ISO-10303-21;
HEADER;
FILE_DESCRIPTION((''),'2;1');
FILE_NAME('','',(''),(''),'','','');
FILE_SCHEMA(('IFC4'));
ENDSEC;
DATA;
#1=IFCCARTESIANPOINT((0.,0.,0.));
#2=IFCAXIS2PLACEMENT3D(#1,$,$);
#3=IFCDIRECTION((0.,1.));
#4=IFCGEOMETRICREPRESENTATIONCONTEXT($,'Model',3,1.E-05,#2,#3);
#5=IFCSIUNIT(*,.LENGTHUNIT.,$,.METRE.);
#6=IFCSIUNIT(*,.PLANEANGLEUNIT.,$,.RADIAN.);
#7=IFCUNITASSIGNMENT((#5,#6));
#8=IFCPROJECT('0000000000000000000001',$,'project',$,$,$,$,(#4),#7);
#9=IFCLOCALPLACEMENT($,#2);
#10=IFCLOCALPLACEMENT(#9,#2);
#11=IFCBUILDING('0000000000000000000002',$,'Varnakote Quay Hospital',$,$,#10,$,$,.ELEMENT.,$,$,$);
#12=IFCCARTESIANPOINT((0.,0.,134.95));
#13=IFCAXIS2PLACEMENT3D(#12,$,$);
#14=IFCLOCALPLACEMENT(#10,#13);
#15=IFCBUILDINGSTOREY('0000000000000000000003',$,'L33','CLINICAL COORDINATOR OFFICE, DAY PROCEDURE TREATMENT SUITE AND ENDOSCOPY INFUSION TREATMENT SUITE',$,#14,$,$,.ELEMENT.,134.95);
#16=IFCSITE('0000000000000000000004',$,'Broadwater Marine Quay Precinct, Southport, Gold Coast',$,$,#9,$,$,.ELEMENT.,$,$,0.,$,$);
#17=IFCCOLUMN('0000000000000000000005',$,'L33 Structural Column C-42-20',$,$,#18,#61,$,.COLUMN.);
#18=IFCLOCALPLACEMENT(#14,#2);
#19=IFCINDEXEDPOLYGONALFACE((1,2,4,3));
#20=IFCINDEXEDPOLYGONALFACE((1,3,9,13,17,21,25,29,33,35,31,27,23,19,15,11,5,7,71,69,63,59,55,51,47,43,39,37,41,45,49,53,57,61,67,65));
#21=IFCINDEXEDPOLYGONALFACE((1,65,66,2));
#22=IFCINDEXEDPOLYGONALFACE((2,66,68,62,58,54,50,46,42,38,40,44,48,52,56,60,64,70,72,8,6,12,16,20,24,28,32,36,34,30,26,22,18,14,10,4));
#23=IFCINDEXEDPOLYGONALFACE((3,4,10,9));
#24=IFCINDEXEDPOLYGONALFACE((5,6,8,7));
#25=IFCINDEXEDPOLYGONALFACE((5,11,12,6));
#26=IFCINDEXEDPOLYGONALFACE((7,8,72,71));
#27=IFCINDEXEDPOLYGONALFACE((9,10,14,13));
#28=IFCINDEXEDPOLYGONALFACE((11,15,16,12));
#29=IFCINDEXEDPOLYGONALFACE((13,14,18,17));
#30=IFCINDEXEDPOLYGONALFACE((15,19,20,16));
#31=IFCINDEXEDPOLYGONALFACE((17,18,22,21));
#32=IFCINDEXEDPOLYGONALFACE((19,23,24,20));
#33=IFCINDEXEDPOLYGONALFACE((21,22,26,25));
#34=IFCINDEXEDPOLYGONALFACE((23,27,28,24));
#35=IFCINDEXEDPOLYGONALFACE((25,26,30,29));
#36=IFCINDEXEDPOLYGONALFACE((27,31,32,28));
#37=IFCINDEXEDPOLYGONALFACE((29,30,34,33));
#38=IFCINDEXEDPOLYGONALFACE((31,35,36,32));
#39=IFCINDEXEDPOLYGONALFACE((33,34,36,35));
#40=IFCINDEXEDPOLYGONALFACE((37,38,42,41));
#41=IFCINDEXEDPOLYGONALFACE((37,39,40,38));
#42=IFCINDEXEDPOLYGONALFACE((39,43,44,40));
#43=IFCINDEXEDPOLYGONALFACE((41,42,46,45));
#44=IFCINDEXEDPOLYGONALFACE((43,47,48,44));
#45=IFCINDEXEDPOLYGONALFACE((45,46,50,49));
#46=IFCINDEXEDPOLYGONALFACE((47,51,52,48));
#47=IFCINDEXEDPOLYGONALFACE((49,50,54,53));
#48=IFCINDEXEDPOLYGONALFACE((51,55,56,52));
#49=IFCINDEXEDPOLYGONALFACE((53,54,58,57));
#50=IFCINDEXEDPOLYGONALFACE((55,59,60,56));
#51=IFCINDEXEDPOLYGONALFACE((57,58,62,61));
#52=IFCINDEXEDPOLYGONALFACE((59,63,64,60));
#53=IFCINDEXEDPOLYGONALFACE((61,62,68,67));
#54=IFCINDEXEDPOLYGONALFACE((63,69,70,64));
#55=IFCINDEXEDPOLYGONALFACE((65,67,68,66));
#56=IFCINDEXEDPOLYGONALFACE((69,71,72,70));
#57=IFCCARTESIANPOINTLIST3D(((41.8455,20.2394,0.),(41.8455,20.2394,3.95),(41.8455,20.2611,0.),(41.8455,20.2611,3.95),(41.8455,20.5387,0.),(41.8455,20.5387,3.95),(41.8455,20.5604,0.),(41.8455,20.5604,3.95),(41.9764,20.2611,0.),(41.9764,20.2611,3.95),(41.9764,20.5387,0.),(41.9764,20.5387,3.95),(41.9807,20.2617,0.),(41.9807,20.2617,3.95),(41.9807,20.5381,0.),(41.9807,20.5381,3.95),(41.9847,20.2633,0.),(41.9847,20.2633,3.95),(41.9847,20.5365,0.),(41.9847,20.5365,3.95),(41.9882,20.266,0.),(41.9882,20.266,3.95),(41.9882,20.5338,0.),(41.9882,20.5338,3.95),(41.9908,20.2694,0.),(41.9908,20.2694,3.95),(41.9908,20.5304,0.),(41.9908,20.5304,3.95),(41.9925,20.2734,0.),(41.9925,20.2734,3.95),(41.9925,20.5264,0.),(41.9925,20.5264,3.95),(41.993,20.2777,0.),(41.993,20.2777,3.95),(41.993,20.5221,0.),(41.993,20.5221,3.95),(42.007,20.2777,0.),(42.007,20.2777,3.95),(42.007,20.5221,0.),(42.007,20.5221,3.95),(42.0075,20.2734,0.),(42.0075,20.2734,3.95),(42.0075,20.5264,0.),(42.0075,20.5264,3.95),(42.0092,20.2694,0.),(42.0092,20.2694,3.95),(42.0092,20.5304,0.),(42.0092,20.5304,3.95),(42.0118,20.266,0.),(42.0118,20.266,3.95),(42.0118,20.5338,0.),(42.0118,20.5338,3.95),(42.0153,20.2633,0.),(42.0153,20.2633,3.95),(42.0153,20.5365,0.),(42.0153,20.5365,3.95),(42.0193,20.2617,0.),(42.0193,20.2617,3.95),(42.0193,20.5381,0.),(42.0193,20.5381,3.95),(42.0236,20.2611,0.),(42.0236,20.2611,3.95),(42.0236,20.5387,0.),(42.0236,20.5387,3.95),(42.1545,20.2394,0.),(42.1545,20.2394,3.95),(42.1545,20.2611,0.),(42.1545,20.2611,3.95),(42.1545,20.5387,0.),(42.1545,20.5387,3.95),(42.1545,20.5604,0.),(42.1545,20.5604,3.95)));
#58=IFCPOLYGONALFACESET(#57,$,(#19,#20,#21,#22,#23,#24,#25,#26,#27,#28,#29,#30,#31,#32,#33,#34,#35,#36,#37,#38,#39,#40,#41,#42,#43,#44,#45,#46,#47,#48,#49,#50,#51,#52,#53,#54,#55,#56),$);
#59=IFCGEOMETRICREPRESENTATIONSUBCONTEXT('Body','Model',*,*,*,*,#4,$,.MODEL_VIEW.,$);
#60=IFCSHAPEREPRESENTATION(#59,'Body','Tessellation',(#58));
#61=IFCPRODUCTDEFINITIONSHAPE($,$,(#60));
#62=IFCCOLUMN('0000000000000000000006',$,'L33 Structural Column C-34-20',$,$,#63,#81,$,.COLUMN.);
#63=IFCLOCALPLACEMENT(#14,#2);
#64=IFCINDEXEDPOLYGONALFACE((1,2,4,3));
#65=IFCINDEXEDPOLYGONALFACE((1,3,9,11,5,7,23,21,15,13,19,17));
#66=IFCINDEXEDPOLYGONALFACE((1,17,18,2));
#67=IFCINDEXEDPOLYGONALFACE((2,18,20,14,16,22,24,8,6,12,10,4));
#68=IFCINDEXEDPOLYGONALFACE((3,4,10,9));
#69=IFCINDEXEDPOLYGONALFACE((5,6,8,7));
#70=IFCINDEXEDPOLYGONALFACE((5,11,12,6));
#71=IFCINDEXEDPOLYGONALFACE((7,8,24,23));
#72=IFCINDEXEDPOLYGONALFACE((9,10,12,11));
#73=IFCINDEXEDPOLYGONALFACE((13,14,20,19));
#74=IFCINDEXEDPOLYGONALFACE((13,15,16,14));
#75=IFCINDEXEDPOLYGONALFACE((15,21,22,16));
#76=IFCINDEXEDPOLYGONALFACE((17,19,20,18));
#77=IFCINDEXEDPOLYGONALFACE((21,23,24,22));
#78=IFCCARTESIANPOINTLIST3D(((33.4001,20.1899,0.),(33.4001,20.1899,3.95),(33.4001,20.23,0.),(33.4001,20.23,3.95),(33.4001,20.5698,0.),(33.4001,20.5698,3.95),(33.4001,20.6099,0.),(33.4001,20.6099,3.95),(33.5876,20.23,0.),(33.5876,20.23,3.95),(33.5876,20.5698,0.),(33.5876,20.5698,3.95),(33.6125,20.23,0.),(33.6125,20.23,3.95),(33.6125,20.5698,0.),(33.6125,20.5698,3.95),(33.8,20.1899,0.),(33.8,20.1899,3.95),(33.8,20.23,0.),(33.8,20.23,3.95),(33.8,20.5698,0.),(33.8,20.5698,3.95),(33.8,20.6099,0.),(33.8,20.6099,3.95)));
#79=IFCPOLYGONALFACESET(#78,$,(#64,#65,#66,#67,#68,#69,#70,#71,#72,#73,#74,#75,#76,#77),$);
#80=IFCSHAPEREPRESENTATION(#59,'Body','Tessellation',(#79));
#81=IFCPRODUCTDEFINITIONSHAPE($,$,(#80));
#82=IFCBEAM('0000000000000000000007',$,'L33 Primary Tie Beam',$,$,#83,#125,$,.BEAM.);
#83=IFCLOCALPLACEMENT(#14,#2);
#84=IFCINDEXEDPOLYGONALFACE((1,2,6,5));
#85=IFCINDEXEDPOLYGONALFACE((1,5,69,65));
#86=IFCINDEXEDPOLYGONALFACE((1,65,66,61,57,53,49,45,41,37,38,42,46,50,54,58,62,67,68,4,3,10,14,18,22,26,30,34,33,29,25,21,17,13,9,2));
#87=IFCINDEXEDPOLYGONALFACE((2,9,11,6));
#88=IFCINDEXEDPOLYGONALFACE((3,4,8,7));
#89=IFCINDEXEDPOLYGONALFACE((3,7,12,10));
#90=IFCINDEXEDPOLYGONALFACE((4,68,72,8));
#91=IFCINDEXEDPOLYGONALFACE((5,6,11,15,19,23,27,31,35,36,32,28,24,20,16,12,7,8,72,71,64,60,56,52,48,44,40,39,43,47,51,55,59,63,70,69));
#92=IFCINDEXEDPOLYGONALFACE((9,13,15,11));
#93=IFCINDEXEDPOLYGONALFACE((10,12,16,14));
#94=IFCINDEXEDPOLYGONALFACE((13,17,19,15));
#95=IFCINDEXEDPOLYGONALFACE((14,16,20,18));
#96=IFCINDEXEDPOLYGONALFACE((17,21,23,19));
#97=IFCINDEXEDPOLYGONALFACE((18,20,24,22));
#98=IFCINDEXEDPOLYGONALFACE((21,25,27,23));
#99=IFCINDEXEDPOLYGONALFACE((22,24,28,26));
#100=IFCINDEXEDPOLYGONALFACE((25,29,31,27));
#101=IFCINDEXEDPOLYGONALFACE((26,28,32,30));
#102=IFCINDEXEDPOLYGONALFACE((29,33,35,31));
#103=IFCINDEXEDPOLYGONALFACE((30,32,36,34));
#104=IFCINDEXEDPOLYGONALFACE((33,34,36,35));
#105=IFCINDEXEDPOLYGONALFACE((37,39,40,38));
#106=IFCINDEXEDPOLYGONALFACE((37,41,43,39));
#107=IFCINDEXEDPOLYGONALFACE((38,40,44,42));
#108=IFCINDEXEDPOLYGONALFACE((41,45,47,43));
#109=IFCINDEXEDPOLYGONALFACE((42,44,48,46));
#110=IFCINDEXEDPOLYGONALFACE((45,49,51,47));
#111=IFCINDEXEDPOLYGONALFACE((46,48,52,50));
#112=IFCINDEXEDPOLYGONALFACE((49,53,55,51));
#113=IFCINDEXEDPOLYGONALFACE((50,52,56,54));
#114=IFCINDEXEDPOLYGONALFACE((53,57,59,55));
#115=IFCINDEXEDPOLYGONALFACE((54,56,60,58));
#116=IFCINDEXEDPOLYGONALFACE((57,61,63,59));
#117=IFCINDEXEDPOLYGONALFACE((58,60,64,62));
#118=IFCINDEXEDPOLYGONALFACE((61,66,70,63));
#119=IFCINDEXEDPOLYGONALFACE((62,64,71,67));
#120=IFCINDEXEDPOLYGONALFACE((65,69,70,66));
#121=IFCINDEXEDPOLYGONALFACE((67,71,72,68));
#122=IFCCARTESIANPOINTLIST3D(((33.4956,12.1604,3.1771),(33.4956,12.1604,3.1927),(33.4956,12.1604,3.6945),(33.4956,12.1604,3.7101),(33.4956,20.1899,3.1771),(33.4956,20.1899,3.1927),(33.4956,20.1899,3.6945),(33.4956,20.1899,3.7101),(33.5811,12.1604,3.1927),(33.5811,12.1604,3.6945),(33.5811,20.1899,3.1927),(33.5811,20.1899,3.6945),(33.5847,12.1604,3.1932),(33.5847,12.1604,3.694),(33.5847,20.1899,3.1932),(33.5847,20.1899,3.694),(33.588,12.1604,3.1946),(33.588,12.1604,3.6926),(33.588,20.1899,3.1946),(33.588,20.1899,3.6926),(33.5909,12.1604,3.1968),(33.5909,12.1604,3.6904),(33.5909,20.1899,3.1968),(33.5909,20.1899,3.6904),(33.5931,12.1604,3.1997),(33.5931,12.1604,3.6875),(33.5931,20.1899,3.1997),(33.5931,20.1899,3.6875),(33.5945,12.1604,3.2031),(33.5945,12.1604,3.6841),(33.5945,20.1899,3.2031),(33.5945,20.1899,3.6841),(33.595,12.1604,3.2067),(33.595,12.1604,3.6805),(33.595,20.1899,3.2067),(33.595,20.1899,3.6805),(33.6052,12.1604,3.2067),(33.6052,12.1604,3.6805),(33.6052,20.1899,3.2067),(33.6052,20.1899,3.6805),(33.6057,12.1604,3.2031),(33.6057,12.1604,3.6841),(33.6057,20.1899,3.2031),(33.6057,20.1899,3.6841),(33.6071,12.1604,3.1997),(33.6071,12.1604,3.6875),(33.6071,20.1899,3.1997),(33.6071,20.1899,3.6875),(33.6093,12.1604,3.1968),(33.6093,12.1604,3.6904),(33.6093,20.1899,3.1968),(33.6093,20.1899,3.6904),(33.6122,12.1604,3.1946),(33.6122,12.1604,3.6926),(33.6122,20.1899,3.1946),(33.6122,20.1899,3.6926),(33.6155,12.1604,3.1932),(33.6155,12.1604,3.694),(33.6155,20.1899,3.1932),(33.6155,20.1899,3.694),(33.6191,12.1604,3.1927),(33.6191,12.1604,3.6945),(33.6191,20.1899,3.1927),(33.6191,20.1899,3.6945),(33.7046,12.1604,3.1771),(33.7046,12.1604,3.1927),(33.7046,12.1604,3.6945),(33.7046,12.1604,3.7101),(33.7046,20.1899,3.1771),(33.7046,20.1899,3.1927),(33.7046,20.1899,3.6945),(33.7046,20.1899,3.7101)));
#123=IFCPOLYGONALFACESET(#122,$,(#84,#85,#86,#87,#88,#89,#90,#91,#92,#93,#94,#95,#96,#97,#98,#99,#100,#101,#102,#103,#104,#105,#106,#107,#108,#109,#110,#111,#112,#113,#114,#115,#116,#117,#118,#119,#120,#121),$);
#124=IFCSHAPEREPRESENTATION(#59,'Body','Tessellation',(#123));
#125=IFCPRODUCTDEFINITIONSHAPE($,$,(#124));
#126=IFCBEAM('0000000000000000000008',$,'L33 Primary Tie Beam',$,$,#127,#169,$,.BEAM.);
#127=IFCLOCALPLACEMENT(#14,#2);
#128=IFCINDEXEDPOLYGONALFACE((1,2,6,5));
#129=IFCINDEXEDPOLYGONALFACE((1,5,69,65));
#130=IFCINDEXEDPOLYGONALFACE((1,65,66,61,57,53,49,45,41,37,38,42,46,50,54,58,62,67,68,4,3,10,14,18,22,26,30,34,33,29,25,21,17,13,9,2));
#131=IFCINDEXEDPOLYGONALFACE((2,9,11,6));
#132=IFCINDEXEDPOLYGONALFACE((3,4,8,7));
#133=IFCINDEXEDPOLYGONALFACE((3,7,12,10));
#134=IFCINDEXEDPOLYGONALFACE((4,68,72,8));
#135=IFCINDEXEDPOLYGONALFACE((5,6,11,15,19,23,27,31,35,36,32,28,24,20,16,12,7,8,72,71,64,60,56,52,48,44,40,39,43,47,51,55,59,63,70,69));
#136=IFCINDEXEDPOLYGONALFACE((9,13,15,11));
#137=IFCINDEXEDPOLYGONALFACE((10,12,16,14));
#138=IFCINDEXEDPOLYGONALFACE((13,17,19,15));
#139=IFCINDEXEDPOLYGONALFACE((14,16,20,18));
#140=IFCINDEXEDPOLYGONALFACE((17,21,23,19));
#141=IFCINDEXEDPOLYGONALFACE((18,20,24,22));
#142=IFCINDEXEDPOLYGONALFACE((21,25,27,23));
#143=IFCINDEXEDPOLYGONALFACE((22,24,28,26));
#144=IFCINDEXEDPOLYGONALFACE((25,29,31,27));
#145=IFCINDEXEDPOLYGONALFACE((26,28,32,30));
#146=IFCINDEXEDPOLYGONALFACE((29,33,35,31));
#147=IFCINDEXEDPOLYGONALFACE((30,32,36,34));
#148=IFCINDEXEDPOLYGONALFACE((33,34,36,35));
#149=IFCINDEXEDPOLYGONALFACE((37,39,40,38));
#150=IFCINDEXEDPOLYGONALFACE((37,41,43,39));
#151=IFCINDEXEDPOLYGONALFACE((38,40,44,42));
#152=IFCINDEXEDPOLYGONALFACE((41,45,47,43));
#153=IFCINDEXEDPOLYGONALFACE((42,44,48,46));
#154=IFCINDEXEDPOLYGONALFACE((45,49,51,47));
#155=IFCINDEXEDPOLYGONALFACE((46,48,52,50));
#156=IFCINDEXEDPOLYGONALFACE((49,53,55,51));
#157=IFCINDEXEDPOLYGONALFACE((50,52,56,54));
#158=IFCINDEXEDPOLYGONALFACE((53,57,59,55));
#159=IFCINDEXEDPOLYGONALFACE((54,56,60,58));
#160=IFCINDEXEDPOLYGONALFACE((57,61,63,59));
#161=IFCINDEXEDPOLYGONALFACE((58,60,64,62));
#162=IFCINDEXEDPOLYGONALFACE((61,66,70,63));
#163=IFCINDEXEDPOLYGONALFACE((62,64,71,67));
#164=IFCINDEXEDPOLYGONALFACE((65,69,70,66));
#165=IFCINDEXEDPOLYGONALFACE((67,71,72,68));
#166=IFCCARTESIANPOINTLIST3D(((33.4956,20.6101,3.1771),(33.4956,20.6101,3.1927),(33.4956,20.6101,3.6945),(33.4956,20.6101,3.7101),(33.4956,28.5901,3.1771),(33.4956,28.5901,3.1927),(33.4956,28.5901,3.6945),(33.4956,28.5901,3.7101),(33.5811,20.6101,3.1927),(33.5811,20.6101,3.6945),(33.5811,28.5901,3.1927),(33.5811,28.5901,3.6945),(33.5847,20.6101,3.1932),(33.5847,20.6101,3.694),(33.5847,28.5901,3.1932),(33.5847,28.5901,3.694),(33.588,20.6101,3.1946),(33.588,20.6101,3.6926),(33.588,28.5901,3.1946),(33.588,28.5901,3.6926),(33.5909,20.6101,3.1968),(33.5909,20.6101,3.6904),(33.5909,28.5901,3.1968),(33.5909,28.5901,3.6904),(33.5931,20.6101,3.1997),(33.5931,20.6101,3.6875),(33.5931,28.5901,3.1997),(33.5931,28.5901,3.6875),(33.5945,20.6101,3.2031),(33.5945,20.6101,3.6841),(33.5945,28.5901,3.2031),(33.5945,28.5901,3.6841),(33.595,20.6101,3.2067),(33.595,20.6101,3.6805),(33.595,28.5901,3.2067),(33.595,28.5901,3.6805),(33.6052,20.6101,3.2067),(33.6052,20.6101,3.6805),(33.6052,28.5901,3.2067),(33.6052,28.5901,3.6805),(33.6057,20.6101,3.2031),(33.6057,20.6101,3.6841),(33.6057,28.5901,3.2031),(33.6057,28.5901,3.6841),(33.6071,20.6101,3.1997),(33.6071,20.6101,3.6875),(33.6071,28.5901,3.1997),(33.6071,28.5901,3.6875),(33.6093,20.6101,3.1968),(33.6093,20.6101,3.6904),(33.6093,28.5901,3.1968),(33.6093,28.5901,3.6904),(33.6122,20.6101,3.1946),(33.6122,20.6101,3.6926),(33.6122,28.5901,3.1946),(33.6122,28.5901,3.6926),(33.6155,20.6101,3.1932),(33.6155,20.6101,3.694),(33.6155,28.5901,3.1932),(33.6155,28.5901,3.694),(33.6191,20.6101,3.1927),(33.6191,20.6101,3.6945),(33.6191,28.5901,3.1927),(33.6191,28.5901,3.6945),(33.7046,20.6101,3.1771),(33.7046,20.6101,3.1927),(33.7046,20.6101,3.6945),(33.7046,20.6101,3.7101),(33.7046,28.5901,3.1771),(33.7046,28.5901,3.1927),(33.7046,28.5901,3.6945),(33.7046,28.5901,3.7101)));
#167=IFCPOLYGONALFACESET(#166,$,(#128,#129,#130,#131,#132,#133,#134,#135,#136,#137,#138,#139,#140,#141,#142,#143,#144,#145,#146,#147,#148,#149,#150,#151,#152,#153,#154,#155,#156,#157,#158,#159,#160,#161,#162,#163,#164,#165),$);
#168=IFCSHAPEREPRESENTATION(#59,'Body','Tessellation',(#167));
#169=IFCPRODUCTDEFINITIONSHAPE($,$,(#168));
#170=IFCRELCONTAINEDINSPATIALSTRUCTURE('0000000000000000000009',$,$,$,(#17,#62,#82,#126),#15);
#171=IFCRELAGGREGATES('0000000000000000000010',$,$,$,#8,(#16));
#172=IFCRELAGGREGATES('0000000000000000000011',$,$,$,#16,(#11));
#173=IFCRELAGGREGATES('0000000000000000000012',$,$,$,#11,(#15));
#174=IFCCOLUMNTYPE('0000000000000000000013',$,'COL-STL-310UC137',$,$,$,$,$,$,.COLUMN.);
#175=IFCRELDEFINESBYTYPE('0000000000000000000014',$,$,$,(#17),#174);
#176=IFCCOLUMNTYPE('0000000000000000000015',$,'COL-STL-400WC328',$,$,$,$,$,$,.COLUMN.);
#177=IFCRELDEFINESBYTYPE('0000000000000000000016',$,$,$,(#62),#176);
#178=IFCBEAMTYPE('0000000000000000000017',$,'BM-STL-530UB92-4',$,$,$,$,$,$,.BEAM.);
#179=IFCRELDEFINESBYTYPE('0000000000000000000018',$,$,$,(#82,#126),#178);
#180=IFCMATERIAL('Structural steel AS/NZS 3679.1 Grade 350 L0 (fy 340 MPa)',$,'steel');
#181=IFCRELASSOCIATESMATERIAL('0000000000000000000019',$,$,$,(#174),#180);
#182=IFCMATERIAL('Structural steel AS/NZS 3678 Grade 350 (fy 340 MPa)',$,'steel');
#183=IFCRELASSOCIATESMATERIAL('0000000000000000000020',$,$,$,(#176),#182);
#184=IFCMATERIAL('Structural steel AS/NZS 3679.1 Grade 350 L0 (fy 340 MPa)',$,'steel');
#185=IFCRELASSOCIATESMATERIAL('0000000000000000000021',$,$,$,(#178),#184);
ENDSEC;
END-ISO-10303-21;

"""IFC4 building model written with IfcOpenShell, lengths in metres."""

from ifc_helpers import new_model, si_unit, direction, frame, origin, origin_2d, place, context, subcontext, project, spatial, i_section, extrude, material, material_profile, profile_set, type_object, element, save


model = new_model("IFC4")

# Units and contexts
model_context = context("Model", 3, precision=1e-05, world=origin(), true_north=direction((0.0, 1.0)))
body_context = subcontext(model_context, "Body", "Model", "MODEL_VIEW")
ifc_project = project(units=[si_unit("LENGTHUNIT", "METRE"), si_unit("PLANEANGLEUNIT", "RADIAN")], contexts=[model_context])

# Site, building, storey
site_placement = place(None, origin())
site = spatial("IfcSite", under=ifc_project, at=site_placement, Name="Broadwater Marine Quay Precinct, Southport, Gold Coast", CompositionType="ELEMENT", RefElevation=0.0)
building_placement = place(site_placement, origin())
building = spatial("IfcBuilding", under=site, at=building_placement, Name="Varnakote Quay Hospital", CompositionType="ELEMENT")
storey_placement = place(building_placement, frame((0.0, 0.0, 134.95)))
storey = spatial("IfcBuildingStorey", under=building, at=storey_placement, Name="L33", Description="CLINICAL COORDINATOR OFFICE, DAY PROCEDURE TREATMENT SUITE AND ENDOSCOPY INFUSION TREATMENT SUITE", CompositionType="ELEMENT", Elevation=134.95)

# Columns
ifc_material_1 = material(Name="Structural steel AS/NZS 3679.1 Grade 350 L0 (fy 340 MPa)", Category="steel")
ifc_material_profile_1 = material_profile(ifc_material_1, i_section(OverallWidth=0.3091, OverallDepth=0.321, WebThickness=0.0139, FlangeThickness=0.0217, FilletRadius=0.0166, at=origin_2d()), Name="310UC137")
ifc_profile_set_1 = profile_set([ifc_material_profile_1], Name="Structural steel AS/NZS 3679.1 Grade 350 L0 (fy 340 MPa)")
column_type_1 = type_object("IfcColumnType", Name="COL-STL-310UC137", PredefinedType="COLUMN", material=ifc_profile_set_1)
column_1_placement = place(storey_placement, frame((42.0, 20.3999, 0.0), z_axis=(0.0, 0.0, 1.0), x_axis=(1.0, 0.0, 0.0)))
element("IfcColumn", 1, at=column_1_placement, inside=storey, type_object=column_type_1, Name="L33 Structural Column C-42-20", PredefinedType="COLUMN", context=body_context, shape_type="SweptSolid", body=[
    extrude(i_section(OverallWidth=0.3091, OverallDepth=0.321, WebThickness=0.0139, FlangeThickness=0.0217, FilletRadius=0.0166, at=origin_2d()), origin(), (0.0, 0.0, 1.0), 3.95),
])
ifc_material_2 = material(Name="Structural steel AS/NZS 3678 Grade 350 (fy 340 MPa)", Category="steel")
ifc_material_profile_2 = material_profile(ifc_material_2, i_section(OverallWidth=0.3999, OverallDepth=0.4199, WebThickness=0.0249, FlangeThickness=0.04, at=origin_2d()), Name="400WC328")
ifc_profile_set_2 = profile_set([ifc_material_profile_2], Name="Structural steel AS/NZS 3678 Grade 350 (fy 340 MPa)")
column_type_2 = type_object("IfcColumnType", Name="COL-STL-400WC328", PredefinedType="COLUMN", material=ifc_profile_set_2)
column_2_placement = place(storey_placement, frame((33.6001, 20.3999, 0.0), z_axis=(0.0, 0.0, 1.0), x_axis=(1.0, 0.0, 0.0)))
element("IfcColumn", 2, at=column_2_placement, inside=storey, type_object=column_type_2, Name="L33 Structural Column C-34-20", PredefinedType="COLUMN", context=body_context, shape_type="SweptSolid", body=[
    extrude(i_section(OverallWidth=0.3999, OverallDepth=0.4199, WebThickness=0.0249, FlangeThickness=0.04, at=origin_2d()), origin(), (0.0, 0.0, 1.0), 3.95),
])

# Beams
ifc_material_3 = material(Name="Structural steel AS/NZS 3679.1 Grade 350 L0 (fy 340 MPa)", Category="steel")
ifc_material_profile_3 = material_profile(ifc_material_3, i_section(OverallWidth=0.209, OverallDepth=0.533, WebThickness=0.0103, FlangeThickness=0.0156, FilletRadius=0.0139, at=origin_2d()), Name="530UB92.4")
ifc_profile_set_3 = profile_set([ifc_material_profile_3], Name="Structural steel AS/NZS 3679.1 Grade 350 L0 (fy 340 MPa)")
beam_type_1 = type_object("IfcBeamType", Name="BM-STL-530UB92-4", PredefinedType="BEAM", material=ifc_profile_set_3)
beam_1_placement = place(storey_placement, frame((33.6001, 12.1604, 3.4436), z_axis=(0.0, 1.0, 0.0), x_axis=(-1.0, 0.0, 0.0)))
element("IfcBeam", 3, at=beam_1_placement, inside=storey, type_object=beam_type_1, Name="L33 Primary Tie Beam", PredefinedType="BEAM", context=body_context, shape_type="SweptSolid", body=[
    extrude(i_section(OverallWidth=0.209, OverallDepth=0.533, WebThickness=0.0103, FlangeThickness=0.0156, FilletRadius=0.0139, at=origin_2d()), origin(), (0.0, 0.0, 1.0), 8.0295),
])
beam_2_placement = place(storey_placement, frame((33.6001, 20.6101, 3.4436), z_axis=(0.0, 1.0, 0.0), x_axis=(-1.0, 0.0, 0.0)))
element("IfcBeam", 4, at=beam_2_placement, inside=storey, type_object=beam_type_1, Name="L33 Primary Tie Beam", PredefinedType="BEAM", context=body_context, shape_type="SweptSolid", body=[
    extrude(i_section(OverallWidth=0.209, OverallDepth=0.533, WebThickness=0.0103, FlangeThickness=0.0156, FilletRadius=0.0139, at=origin_2d()), origin(), (0.0, 0.0, 1.0), 7.98),
])

save(model, "model.ifc")
